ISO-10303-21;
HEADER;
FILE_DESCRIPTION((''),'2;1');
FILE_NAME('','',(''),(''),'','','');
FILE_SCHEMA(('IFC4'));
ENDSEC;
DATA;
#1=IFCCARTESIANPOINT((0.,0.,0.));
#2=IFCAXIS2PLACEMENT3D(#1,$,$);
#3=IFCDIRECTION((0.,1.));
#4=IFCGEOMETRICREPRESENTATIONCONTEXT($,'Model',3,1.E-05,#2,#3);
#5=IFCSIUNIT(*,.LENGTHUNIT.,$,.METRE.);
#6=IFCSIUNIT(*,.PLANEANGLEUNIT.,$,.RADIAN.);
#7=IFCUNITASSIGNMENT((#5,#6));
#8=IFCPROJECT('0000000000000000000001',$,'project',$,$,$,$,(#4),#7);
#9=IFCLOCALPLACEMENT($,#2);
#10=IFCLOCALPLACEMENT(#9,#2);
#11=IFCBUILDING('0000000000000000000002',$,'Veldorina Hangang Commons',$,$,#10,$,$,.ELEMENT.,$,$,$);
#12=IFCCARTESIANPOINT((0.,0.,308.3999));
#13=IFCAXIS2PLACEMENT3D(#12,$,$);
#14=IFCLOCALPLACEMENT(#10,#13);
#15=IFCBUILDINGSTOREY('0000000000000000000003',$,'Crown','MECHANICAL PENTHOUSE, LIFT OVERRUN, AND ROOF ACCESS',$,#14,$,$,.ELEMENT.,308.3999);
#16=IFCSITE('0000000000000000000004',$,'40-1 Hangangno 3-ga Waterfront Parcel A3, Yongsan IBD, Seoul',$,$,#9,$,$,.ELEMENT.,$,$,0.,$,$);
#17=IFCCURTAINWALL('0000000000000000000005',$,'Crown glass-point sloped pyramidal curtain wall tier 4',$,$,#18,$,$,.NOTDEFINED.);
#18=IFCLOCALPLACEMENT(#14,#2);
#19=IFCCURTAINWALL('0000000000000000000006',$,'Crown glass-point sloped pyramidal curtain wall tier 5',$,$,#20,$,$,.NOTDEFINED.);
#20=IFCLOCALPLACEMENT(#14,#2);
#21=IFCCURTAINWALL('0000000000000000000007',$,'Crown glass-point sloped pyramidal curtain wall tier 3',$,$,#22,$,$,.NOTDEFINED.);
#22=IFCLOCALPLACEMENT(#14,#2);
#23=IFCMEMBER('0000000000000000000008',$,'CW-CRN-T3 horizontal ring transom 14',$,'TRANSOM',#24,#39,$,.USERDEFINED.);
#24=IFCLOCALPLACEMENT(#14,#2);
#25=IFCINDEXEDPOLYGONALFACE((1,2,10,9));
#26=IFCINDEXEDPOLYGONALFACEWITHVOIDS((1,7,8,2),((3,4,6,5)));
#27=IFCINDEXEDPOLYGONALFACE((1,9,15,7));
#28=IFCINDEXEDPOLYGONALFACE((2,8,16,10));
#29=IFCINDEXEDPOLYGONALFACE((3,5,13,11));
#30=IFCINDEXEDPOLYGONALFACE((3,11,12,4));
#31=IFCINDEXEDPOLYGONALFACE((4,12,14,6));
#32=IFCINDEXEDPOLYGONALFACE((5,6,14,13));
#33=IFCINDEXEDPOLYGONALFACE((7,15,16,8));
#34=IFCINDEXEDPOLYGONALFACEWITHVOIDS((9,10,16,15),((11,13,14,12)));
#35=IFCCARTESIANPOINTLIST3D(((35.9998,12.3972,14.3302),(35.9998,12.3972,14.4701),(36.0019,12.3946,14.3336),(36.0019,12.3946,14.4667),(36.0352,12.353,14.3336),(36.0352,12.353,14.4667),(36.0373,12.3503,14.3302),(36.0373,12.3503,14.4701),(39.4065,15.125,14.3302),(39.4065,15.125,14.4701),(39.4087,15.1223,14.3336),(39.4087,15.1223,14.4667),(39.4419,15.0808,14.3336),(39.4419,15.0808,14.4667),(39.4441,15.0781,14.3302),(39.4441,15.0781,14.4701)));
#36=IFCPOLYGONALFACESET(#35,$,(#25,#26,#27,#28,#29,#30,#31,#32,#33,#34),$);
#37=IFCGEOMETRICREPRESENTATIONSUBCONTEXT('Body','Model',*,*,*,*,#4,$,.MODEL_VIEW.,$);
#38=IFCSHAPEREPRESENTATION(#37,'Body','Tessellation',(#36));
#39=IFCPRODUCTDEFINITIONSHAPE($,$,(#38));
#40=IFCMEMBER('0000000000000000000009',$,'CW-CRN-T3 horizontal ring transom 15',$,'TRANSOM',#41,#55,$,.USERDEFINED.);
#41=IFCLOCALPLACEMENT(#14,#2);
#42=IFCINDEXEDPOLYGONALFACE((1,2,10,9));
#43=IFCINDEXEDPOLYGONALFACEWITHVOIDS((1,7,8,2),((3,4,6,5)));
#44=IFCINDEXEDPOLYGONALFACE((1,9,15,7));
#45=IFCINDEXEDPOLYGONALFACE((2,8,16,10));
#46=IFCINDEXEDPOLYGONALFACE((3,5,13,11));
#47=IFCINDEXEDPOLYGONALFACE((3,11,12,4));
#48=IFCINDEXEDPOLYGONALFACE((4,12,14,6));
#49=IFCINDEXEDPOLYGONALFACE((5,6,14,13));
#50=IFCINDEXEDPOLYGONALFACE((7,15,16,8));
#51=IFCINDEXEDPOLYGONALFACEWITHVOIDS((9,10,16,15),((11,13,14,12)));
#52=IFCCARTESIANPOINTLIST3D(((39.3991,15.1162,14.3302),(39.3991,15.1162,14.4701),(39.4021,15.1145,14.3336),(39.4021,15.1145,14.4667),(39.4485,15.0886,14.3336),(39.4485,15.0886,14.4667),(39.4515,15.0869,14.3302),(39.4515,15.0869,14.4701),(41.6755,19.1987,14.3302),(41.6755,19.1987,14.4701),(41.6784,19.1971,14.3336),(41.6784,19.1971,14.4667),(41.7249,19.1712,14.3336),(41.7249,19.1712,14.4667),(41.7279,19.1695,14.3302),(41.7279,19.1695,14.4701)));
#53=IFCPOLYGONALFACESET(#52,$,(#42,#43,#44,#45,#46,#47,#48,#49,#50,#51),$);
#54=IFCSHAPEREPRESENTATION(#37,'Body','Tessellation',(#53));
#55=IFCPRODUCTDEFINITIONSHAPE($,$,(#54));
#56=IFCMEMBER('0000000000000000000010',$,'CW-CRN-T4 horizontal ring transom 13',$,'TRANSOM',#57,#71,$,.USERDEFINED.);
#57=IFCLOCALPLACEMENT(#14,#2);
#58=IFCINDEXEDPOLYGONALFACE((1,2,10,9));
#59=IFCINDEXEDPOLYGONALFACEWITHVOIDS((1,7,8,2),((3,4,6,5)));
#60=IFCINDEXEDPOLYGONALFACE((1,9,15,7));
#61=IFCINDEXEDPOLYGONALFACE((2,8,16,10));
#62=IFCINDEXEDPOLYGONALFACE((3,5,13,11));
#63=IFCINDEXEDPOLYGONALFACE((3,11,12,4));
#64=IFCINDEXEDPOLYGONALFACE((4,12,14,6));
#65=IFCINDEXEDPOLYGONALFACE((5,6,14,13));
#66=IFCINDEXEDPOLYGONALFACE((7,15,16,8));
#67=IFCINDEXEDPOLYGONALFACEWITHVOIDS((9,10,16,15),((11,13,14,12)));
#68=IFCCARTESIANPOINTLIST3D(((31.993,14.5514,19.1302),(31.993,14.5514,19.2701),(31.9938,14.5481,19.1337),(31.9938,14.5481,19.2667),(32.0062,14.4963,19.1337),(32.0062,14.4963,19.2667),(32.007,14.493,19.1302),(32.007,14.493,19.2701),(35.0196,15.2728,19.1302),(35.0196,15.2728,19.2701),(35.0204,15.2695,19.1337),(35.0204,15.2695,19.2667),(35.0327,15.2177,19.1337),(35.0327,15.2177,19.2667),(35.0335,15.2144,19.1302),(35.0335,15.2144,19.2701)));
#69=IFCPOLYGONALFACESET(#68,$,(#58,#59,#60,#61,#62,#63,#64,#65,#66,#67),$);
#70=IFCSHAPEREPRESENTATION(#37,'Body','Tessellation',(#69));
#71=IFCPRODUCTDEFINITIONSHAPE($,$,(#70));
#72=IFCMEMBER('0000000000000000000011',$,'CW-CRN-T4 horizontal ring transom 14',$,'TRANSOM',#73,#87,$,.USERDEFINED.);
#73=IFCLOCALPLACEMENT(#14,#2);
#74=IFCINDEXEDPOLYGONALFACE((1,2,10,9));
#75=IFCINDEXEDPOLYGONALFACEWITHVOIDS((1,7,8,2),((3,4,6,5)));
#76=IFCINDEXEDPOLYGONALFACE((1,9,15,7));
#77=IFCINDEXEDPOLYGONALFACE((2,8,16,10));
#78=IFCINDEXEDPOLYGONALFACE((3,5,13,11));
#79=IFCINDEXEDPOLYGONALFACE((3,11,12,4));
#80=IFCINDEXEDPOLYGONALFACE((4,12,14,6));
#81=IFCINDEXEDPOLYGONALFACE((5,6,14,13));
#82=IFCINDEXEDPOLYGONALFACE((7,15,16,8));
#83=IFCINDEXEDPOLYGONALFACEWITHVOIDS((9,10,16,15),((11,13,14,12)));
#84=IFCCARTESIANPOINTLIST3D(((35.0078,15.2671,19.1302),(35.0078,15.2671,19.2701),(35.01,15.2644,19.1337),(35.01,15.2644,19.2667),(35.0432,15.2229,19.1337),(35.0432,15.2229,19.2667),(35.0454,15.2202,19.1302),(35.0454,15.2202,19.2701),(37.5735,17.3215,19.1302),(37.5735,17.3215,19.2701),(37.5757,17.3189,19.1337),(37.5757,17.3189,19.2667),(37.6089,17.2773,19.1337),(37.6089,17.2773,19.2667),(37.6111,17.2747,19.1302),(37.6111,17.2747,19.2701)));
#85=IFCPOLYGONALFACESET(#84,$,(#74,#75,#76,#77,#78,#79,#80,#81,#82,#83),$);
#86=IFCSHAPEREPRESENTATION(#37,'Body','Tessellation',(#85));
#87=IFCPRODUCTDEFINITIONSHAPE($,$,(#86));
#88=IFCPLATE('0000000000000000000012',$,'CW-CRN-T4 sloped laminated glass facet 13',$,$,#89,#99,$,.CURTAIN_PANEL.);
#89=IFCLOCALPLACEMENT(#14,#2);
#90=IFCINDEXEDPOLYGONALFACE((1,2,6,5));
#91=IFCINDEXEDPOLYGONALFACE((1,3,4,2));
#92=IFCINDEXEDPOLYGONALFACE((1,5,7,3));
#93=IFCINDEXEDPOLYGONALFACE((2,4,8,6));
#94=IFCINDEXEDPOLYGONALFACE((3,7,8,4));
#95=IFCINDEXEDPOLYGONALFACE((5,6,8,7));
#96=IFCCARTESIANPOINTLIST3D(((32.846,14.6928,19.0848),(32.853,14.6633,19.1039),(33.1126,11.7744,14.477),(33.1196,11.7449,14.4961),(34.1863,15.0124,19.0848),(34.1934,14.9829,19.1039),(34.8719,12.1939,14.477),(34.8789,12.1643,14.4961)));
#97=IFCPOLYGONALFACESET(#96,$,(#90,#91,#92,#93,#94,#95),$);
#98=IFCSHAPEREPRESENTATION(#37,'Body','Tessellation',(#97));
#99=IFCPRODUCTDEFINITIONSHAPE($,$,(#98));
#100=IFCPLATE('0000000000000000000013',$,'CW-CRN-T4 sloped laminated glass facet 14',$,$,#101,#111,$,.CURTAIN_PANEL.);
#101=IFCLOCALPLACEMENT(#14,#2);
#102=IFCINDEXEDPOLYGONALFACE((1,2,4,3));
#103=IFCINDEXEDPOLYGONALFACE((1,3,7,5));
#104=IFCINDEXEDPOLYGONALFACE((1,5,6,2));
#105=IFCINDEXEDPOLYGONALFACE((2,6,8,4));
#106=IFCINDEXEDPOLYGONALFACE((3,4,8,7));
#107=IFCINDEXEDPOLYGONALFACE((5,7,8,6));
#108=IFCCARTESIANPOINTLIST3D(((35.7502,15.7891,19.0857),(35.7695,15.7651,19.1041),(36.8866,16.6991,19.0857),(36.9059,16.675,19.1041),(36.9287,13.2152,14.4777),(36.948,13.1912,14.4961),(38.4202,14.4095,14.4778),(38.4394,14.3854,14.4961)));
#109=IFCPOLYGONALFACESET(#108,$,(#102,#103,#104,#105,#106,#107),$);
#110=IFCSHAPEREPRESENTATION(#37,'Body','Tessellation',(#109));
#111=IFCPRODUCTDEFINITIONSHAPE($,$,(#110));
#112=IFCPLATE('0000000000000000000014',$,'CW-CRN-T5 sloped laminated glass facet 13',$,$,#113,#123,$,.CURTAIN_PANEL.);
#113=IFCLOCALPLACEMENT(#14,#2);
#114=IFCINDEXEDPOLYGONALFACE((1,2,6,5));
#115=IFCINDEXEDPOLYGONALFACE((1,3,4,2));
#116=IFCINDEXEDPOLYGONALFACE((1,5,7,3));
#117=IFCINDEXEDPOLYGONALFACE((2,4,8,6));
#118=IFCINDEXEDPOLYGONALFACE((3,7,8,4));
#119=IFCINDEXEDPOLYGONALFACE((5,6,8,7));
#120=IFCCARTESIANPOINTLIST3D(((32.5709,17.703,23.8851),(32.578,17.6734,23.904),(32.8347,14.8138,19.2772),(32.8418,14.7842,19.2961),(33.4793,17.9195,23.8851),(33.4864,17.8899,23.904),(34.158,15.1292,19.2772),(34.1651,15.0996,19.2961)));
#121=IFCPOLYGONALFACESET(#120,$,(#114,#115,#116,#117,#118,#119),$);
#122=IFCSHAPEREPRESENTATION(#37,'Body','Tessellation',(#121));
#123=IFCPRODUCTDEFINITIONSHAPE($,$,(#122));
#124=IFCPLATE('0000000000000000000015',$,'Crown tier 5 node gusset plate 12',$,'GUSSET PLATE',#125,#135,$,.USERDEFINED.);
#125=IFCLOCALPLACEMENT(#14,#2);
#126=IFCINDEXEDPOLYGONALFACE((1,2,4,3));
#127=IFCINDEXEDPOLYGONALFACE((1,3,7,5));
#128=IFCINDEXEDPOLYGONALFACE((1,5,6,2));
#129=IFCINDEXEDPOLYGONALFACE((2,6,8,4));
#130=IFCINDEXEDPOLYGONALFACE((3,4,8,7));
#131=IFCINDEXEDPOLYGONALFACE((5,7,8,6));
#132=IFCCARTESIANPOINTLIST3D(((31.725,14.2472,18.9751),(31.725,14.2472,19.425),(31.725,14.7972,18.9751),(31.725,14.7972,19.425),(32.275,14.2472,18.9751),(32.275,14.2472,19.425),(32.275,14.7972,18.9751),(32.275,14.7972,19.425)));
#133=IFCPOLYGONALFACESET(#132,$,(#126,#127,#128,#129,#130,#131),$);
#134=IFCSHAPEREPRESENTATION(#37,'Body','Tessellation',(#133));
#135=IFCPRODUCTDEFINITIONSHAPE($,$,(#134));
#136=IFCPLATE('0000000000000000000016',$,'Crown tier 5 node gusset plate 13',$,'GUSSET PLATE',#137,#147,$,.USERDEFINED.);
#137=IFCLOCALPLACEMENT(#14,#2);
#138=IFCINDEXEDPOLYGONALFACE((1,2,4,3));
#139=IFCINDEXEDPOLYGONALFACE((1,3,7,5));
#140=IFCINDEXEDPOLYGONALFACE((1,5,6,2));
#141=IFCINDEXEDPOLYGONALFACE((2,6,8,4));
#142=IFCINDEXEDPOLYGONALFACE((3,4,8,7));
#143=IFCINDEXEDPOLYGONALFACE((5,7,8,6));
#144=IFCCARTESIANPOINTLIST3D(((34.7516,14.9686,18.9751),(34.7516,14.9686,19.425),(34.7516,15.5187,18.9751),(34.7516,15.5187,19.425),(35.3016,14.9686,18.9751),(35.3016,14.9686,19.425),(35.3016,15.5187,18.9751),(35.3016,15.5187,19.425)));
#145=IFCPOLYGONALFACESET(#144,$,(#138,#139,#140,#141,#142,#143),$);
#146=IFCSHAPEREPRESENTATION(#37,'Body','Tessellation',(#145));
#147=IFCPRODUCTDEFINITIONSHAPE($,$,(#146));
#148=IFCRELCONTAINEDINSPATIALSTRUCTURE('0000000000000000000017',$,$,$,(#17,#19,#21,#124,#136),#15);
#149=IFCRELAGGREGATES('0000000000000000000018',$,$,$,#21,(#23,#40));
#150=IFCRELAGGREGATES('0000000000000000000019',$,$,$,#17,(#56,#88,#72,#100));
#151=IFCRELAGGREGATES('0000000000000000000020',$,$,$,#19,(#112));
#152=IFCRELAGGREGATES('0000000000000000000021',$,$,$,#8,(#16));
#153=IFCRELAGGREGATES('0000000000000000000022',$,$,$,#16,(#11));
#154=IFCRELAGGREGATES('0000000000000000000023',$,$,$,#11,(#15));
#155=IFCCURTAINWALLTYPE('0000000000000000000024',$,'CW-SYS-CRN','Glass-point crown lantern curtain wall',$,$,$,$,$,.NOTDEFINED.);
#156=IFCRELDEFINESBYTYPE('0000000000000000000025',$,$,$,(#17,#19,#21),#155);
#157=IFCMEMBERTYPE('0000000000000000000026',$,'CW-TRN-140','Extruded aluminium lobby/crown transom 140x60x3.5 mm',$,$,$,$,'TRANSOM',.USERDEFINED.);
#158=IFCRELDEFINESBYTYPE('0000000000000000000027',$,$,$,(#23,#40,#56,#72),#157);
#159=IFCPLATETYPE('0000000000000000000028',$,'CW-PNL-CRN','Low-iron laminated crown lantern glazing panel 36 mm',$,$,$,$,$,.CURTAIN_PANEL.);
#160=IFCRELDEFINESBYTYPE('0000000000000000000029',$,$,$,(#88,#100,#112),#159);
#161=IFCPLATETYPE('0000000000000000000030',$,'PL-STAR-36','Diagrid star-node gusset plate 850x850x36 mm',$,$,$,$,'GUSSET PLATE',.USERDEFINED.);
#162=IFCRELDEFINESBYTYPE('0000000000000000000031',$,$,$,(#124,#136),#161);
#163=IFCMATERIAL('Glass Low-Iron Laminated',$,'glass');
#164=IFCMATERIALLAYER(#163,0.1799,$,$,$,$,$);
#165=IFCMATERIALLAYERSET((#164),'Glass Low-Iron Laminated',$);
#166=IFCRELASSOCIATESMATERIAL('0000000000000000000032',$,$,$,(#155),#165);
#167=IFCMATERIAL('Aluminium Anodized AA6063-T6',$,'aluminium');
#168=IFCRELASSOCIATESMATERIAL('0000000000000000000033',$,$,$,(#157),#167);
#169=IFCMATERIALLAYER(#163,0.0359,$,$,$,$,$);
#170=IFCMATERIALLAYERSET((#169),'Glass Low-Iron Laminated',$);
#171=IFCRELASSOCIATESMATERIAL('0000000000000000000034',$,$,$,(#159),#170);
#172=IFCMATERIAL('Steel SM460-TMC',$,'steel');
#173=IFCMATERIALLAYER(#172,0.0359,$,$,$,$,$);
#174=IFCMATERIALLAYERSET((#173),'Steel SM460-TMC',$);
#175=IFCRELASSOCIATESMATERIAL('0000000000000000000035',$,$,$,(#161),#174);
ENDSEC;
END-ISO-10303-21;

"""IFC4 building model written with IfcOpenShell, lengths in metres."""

from ifc_helpers import new_model, si_unit, direction, frame, origin, origin_2d, place, context, subcontext, project, spatial, polyline, rectangle, hollow_rectangle, outline, extrude, material, layer, layer_set, material_profile, profile_set, type_object, element, aggregate, save


model = new_model("IFC4")

# Units and contexts
model_context = context("Model", 3, precision=1e-05, world=origin(), true_north=direction((0.0, 1.0)))
body_context = subcontext(model_context, "Body", "Model", "MODEL_VIEW")
ifc_project = project(units=[si_unit("LENGTHUNIT", "METRE"), si_unit("PLANEANGLEUNIT", "RADIAN")], contexts=[model_context])

# Site, building, storey
site_placement = place(None, origin())
site = spatial("IfcSite", under=ifc_project, at=site_placement, Name="40-1 Hangangno 3-ga Waterfront Parcel A3, Yongsan IBD, Seoul", CompositionType="ELEMENT", RefElevation=0.0)
building_placement = place(site_placement, origin())
building = spatial("IfcBuilding", under=site, at=building_placement, Name="Veldorina Hangang Commons", CompositionType="ELEMENT")
storey_placement = place(building_placement, frame((0.0, 0.0, 308.3999)))
storey = spatial("IfcBuildingStorey", under=building, at=storey_placement, Name="Crown", Description="MECHANICAL PENTHOUSE, LIFT OVERRUN, AND ROOF ACCESS", CompositionType="ELEMENT", Elevation=308.3999)

# Shared definitions
ifc_material_1 = material(Name="Steel SM460-TMC", Category="steel")

# Curtain wall
ifc_material_2 = material(Name="Glass Low-Iron Laminated", Category="glass")
ifc_layer_1 = layer(ifc_material_2, 0.1799)
ifc_layer_set_1 = layer_set([ifc_layer_1], Name="Glass Low-Iron Laminated")
curtain_wall_type = type_object("IfcCurtainWallType", Name="CW-SYS-CRN", Description="Glass-point crown lantern curtain wall", PredefinedType="NOTDEFINED", material=ifc_layer_set_1)
curtain_wall_1_placement = place(storey_placement, origin())
curtain_wall_1 = element("IfcCurtainWall", 1, at=curtain_wall_1_placement, inside=storey, type_object=curtain_wall_type, Name="Crown glass-point sloped pyramidal curtain wall tier 4", PredefinedType="NOTDEFINED")
ifc_material_3 = material(Name="Aluminium Anodized AA6063-T6", Category="aluminium")

# Curtain wall
curtain_wall_2_placement = place(storey_placement, origin())
curtain_wall_2 = element("IfcCurtainWall", 2, at=curtain_wall_2_placement, inside=storey, type_object=curtain_wall_type, Name="Crown glass-point sloped pyramidal curtain wall tier 5", PredefinedType="NOTDEFINED")

# Curtain wall, members
curtain_wall_3_placement = place(storey_placement, origin())
curtain_wall_3 = element("IfcCurtainWall", 3, at=curtain_wall_3_placement, inside=storey, type_object=curtain_wall_type, Name="Crown glass-point sloped pyramidal curtain wall tier 3", PredefinedType="NOTDEFINED")
ifc_material_profile_1 = material_profile(ifc_material_3, hollow_rectangle(XDim=0.0601, YDim=0.1399, WallThickness=0.0034, at=origin_2d()), Name="ALU-RHS-140x60x3.5")
ifc_profile_set_1 = profile_set([ifc_material_profile_1], Name="Aluminium Anodized AA6063-T6")
member_type_1 = type_object("IfcMemberType", Name="CW-TRN-140", Description="Extruded aluminium lobby/crown transom 140x60x3.5 mm", ElementType="TRANSOM", PredefinedType="USERDEFINED", material=ifc_profile_set_1)
member_1_placement = place(storey_placement, frame((36.0186, 12.3738, 14.4001), z_axis=(0.780601, 0.625029, 0.0), x_axis=(-0.625029, 0.780601, 0.0)))
member_1 = element("IfcMember", 4, at=member_1_placement, type_object=member_type_1, Name="CW-CRN-T3 horizontal ring transom 14", ObjectType="TRANSOM", PredefinedType="USERDEFINED", context=body_context, shape_type="SweptSolid", body=[
    extrude(hollow_rectangle(XDim=0.0601, YDim=0.1399, WallThickness=0.0034, at=origin_2d()), origin(), (0.0, 0.0, 1.0), 4.3643),
])
member_2_placement = place(storey_placement, frame((39.4253, 15.1016, 14.4001), z_axis=(0.486999, 0.873402, 0.0), x_axis=(-0.873402, 0.486999, 0.0)))
member_2 = element("IfcMember", 5, at=member_2_placement, type_object=member_type_1, Name="CW-CRN-T3 horizontal ring transom 15", ObjectType="TRANSOM", PredefinedType="USERDEFINED", context=body_context, shape_type="SweptSolid", body=[
    extrude(hollow_rectangle(XDim=0.0601, YDim=0.1399, WallThickness=0.0034, at=origin_2d()), origin(), (0.0, 0.0, 1.0), 4.6743),
])
aggregate(curtain_wall_3, [member_1, member_2])

# Members
member_3_placement = place(storey_placement, frame((32.0, 14.5222, 19.2002), z_axis=(0.972747, 0.231868, 0.0), x_axis=(-0.231868, 0.972747, 0.0)))
member_3 = element("IfcMember", 6, at=member_3_placement, type_object=member_type_1, Name="CW-CRN-T4 horizontal ring transom 13", ObjectType="TRANSOM", PredefinedType="USERDEFINED", context=body_context, shape_type="SweptSolid", body=[
    extrude(hollow_rectangle(XDim=0.0601, YDim=0.1399, WallThickness=0.0034, at=origin_2d()), origin(), (0.0, 0.0, 1.0), 3.1113),
])
member_4_placement = place(storey_placement, frame((35.0266, 15.2437, 19.2002), z_axis=(0.780586, 0.625048, 0.0), x_axis=(-0.625048, 0.780586, 0.0)))
member_4 = element("IfcMember", 7, at=member_4_placement, type_object=member_type_1, Name="CW-CRN-T4 horizontal ring transom 14", ObjectType="TRANSOM", PredefinedType="USERDEFINED", context=body_context, shape_type="SweptSolid", body=[
    extrude(hollow_rectangle(XDim=0.0601, YDim=0.1399, WallThickness=0.0034, at=origin_2d()), origin(), (0.0, 0.0, 1.0), 3.2869),
])

# Plates
ifc_layer_2 = layer(ifc_material_2, 0.0359)
ifc_layer_set_2 = layer_set([ifc_layer_2], Name="Glass Low-Iron Laminated")
plate_type_1 = type_object("IfcPlateType", Name="CW-PNL-CRN", Description="Low-iron laminated crown lantern glazing panel 36 mm", PredefinedType="CURTAIN_PANEL", material=ifc_layer_set_2)
plate_1_placement = place(storey_placement, frame((33.1196, 11.7449, 14.4961), z_axis=(0.19627, -0.823204, 0.532741), x_axis=(0.972735, 0.231919, -0.000004)))
plate_1 = element("IfcPlate", 8, at=plate_1_placement, type_object=plate_type_1, Name="CW-CRN-T4 sloped laminated glass facet 13", PredefinedType="CURTAIN_PANEL", context=body_context, shape_type="SweptSolid", body=[
    extrude(outline(polyline([(0.0, 0.0), (1.8086, 0.0), (1.7954, 5.4448), (0.4175, 5.4448), (0.0, 0.0)])), origin(), (0.0, 0.0, -1.0), 0.0359),
])
plate_2_placement = place(storey_placement, frame((36.948, 13.1912, 14.4961), z_axis=(0.536942, -0.67057, 0.511889), x_axis=(0.780587, 0.625048, 0.000016)))
plate_2 = element("IfcPlate", 9, at=plate_2_placement, type_object=plate_type_1, Name="CW-CRN-T4 sloped laminated glass facet 14", PredefinedType="CURTAIN_PANEL", context=body_context, shape_type="SweptSolid", body=[
    extrude(outline(polyline([(0.0, 0.0), (1.9106, 0.0), (2.1448, 5.364), (0.689, 5.364), (0.0, 0.0)])), origin(), (0.0, 0.0, -1.0), 0.0359),
])
aggregate(curtain_wall_1, [member_3, plate_1, member_4, plate_2])
plate_3_placement = place(storey_placement, frame((32.8418, 14.7842, 19.2961), z_axis=(0.196793, -0.825556, 0.528895), x_axis=(0.972745, 0.231879, 0.0)))
plate_3 = element("IfcPlate", 10, at=plate_3_placement, type_object=plate_type_1, Name="CW-CRN-T5 sloped laminated glass facet 13", PredefinedType="CURTAIN_PANEL", context=body_context, shape_type="SweptSolid", body=[
    extrude(outline(polyline([(0.0, 0.0), (1.3604, 0.0), (1.3472, 5.4294), (0.4133, 5.4294), (0.0, 0.0)])), origin(), (0.0, 0.0, -1.0), 0.0359),
])
aggregate(curtain_wall_2, [plate_3])

# Plates
ifc_layer_3 = layer(ifc_material_1, 0.0359)
ifc_layer_set_3 = layer_set([ifc_layer_3], Name="Steel SM460-TMC")
plate_type_2 = type_object("IfcPlateType", Name="PL-STAR-36", Description="Diagrid star-node gusset plate 850x850x36 mm", ElementType="GUSSET PLATE", PredefinedType="USERDEFINED", material=ifc_layer_set_3)
for number, where, z_axis, x_axis, name in (
    (11, (32.0, 14.5222, 18.9751), (0.0, 0.0, 1.0), (1.0, 0.0, 0.0), "Crown tier 5 node gusset plate 12"),
    (12, (35.0266, 15.2437, 18.9751), (0.0, 0.0, 1.0), (1.0, 0.0, 0.0), "Crown tier 5 node gusset plate 13"),
):
    element("IfcPlate", number, at=place(storey_placement, frame(where, z_axis=z_axis, x_axis=x_axis)), inside=storey, type_object=plate_type_2, Name=name, ObjectType="GUSSET PLATE", PredefinedType="USERDEFINED", context=body_context, shape_type="SweptSolid", body=[
        extrude(rectangle(XDim=0.55, YDim=0.55, at=origin_2d()), origin(), (0.0, 0.0, 1.0), 0.45),
    ])

save(model, "model.ifc")
